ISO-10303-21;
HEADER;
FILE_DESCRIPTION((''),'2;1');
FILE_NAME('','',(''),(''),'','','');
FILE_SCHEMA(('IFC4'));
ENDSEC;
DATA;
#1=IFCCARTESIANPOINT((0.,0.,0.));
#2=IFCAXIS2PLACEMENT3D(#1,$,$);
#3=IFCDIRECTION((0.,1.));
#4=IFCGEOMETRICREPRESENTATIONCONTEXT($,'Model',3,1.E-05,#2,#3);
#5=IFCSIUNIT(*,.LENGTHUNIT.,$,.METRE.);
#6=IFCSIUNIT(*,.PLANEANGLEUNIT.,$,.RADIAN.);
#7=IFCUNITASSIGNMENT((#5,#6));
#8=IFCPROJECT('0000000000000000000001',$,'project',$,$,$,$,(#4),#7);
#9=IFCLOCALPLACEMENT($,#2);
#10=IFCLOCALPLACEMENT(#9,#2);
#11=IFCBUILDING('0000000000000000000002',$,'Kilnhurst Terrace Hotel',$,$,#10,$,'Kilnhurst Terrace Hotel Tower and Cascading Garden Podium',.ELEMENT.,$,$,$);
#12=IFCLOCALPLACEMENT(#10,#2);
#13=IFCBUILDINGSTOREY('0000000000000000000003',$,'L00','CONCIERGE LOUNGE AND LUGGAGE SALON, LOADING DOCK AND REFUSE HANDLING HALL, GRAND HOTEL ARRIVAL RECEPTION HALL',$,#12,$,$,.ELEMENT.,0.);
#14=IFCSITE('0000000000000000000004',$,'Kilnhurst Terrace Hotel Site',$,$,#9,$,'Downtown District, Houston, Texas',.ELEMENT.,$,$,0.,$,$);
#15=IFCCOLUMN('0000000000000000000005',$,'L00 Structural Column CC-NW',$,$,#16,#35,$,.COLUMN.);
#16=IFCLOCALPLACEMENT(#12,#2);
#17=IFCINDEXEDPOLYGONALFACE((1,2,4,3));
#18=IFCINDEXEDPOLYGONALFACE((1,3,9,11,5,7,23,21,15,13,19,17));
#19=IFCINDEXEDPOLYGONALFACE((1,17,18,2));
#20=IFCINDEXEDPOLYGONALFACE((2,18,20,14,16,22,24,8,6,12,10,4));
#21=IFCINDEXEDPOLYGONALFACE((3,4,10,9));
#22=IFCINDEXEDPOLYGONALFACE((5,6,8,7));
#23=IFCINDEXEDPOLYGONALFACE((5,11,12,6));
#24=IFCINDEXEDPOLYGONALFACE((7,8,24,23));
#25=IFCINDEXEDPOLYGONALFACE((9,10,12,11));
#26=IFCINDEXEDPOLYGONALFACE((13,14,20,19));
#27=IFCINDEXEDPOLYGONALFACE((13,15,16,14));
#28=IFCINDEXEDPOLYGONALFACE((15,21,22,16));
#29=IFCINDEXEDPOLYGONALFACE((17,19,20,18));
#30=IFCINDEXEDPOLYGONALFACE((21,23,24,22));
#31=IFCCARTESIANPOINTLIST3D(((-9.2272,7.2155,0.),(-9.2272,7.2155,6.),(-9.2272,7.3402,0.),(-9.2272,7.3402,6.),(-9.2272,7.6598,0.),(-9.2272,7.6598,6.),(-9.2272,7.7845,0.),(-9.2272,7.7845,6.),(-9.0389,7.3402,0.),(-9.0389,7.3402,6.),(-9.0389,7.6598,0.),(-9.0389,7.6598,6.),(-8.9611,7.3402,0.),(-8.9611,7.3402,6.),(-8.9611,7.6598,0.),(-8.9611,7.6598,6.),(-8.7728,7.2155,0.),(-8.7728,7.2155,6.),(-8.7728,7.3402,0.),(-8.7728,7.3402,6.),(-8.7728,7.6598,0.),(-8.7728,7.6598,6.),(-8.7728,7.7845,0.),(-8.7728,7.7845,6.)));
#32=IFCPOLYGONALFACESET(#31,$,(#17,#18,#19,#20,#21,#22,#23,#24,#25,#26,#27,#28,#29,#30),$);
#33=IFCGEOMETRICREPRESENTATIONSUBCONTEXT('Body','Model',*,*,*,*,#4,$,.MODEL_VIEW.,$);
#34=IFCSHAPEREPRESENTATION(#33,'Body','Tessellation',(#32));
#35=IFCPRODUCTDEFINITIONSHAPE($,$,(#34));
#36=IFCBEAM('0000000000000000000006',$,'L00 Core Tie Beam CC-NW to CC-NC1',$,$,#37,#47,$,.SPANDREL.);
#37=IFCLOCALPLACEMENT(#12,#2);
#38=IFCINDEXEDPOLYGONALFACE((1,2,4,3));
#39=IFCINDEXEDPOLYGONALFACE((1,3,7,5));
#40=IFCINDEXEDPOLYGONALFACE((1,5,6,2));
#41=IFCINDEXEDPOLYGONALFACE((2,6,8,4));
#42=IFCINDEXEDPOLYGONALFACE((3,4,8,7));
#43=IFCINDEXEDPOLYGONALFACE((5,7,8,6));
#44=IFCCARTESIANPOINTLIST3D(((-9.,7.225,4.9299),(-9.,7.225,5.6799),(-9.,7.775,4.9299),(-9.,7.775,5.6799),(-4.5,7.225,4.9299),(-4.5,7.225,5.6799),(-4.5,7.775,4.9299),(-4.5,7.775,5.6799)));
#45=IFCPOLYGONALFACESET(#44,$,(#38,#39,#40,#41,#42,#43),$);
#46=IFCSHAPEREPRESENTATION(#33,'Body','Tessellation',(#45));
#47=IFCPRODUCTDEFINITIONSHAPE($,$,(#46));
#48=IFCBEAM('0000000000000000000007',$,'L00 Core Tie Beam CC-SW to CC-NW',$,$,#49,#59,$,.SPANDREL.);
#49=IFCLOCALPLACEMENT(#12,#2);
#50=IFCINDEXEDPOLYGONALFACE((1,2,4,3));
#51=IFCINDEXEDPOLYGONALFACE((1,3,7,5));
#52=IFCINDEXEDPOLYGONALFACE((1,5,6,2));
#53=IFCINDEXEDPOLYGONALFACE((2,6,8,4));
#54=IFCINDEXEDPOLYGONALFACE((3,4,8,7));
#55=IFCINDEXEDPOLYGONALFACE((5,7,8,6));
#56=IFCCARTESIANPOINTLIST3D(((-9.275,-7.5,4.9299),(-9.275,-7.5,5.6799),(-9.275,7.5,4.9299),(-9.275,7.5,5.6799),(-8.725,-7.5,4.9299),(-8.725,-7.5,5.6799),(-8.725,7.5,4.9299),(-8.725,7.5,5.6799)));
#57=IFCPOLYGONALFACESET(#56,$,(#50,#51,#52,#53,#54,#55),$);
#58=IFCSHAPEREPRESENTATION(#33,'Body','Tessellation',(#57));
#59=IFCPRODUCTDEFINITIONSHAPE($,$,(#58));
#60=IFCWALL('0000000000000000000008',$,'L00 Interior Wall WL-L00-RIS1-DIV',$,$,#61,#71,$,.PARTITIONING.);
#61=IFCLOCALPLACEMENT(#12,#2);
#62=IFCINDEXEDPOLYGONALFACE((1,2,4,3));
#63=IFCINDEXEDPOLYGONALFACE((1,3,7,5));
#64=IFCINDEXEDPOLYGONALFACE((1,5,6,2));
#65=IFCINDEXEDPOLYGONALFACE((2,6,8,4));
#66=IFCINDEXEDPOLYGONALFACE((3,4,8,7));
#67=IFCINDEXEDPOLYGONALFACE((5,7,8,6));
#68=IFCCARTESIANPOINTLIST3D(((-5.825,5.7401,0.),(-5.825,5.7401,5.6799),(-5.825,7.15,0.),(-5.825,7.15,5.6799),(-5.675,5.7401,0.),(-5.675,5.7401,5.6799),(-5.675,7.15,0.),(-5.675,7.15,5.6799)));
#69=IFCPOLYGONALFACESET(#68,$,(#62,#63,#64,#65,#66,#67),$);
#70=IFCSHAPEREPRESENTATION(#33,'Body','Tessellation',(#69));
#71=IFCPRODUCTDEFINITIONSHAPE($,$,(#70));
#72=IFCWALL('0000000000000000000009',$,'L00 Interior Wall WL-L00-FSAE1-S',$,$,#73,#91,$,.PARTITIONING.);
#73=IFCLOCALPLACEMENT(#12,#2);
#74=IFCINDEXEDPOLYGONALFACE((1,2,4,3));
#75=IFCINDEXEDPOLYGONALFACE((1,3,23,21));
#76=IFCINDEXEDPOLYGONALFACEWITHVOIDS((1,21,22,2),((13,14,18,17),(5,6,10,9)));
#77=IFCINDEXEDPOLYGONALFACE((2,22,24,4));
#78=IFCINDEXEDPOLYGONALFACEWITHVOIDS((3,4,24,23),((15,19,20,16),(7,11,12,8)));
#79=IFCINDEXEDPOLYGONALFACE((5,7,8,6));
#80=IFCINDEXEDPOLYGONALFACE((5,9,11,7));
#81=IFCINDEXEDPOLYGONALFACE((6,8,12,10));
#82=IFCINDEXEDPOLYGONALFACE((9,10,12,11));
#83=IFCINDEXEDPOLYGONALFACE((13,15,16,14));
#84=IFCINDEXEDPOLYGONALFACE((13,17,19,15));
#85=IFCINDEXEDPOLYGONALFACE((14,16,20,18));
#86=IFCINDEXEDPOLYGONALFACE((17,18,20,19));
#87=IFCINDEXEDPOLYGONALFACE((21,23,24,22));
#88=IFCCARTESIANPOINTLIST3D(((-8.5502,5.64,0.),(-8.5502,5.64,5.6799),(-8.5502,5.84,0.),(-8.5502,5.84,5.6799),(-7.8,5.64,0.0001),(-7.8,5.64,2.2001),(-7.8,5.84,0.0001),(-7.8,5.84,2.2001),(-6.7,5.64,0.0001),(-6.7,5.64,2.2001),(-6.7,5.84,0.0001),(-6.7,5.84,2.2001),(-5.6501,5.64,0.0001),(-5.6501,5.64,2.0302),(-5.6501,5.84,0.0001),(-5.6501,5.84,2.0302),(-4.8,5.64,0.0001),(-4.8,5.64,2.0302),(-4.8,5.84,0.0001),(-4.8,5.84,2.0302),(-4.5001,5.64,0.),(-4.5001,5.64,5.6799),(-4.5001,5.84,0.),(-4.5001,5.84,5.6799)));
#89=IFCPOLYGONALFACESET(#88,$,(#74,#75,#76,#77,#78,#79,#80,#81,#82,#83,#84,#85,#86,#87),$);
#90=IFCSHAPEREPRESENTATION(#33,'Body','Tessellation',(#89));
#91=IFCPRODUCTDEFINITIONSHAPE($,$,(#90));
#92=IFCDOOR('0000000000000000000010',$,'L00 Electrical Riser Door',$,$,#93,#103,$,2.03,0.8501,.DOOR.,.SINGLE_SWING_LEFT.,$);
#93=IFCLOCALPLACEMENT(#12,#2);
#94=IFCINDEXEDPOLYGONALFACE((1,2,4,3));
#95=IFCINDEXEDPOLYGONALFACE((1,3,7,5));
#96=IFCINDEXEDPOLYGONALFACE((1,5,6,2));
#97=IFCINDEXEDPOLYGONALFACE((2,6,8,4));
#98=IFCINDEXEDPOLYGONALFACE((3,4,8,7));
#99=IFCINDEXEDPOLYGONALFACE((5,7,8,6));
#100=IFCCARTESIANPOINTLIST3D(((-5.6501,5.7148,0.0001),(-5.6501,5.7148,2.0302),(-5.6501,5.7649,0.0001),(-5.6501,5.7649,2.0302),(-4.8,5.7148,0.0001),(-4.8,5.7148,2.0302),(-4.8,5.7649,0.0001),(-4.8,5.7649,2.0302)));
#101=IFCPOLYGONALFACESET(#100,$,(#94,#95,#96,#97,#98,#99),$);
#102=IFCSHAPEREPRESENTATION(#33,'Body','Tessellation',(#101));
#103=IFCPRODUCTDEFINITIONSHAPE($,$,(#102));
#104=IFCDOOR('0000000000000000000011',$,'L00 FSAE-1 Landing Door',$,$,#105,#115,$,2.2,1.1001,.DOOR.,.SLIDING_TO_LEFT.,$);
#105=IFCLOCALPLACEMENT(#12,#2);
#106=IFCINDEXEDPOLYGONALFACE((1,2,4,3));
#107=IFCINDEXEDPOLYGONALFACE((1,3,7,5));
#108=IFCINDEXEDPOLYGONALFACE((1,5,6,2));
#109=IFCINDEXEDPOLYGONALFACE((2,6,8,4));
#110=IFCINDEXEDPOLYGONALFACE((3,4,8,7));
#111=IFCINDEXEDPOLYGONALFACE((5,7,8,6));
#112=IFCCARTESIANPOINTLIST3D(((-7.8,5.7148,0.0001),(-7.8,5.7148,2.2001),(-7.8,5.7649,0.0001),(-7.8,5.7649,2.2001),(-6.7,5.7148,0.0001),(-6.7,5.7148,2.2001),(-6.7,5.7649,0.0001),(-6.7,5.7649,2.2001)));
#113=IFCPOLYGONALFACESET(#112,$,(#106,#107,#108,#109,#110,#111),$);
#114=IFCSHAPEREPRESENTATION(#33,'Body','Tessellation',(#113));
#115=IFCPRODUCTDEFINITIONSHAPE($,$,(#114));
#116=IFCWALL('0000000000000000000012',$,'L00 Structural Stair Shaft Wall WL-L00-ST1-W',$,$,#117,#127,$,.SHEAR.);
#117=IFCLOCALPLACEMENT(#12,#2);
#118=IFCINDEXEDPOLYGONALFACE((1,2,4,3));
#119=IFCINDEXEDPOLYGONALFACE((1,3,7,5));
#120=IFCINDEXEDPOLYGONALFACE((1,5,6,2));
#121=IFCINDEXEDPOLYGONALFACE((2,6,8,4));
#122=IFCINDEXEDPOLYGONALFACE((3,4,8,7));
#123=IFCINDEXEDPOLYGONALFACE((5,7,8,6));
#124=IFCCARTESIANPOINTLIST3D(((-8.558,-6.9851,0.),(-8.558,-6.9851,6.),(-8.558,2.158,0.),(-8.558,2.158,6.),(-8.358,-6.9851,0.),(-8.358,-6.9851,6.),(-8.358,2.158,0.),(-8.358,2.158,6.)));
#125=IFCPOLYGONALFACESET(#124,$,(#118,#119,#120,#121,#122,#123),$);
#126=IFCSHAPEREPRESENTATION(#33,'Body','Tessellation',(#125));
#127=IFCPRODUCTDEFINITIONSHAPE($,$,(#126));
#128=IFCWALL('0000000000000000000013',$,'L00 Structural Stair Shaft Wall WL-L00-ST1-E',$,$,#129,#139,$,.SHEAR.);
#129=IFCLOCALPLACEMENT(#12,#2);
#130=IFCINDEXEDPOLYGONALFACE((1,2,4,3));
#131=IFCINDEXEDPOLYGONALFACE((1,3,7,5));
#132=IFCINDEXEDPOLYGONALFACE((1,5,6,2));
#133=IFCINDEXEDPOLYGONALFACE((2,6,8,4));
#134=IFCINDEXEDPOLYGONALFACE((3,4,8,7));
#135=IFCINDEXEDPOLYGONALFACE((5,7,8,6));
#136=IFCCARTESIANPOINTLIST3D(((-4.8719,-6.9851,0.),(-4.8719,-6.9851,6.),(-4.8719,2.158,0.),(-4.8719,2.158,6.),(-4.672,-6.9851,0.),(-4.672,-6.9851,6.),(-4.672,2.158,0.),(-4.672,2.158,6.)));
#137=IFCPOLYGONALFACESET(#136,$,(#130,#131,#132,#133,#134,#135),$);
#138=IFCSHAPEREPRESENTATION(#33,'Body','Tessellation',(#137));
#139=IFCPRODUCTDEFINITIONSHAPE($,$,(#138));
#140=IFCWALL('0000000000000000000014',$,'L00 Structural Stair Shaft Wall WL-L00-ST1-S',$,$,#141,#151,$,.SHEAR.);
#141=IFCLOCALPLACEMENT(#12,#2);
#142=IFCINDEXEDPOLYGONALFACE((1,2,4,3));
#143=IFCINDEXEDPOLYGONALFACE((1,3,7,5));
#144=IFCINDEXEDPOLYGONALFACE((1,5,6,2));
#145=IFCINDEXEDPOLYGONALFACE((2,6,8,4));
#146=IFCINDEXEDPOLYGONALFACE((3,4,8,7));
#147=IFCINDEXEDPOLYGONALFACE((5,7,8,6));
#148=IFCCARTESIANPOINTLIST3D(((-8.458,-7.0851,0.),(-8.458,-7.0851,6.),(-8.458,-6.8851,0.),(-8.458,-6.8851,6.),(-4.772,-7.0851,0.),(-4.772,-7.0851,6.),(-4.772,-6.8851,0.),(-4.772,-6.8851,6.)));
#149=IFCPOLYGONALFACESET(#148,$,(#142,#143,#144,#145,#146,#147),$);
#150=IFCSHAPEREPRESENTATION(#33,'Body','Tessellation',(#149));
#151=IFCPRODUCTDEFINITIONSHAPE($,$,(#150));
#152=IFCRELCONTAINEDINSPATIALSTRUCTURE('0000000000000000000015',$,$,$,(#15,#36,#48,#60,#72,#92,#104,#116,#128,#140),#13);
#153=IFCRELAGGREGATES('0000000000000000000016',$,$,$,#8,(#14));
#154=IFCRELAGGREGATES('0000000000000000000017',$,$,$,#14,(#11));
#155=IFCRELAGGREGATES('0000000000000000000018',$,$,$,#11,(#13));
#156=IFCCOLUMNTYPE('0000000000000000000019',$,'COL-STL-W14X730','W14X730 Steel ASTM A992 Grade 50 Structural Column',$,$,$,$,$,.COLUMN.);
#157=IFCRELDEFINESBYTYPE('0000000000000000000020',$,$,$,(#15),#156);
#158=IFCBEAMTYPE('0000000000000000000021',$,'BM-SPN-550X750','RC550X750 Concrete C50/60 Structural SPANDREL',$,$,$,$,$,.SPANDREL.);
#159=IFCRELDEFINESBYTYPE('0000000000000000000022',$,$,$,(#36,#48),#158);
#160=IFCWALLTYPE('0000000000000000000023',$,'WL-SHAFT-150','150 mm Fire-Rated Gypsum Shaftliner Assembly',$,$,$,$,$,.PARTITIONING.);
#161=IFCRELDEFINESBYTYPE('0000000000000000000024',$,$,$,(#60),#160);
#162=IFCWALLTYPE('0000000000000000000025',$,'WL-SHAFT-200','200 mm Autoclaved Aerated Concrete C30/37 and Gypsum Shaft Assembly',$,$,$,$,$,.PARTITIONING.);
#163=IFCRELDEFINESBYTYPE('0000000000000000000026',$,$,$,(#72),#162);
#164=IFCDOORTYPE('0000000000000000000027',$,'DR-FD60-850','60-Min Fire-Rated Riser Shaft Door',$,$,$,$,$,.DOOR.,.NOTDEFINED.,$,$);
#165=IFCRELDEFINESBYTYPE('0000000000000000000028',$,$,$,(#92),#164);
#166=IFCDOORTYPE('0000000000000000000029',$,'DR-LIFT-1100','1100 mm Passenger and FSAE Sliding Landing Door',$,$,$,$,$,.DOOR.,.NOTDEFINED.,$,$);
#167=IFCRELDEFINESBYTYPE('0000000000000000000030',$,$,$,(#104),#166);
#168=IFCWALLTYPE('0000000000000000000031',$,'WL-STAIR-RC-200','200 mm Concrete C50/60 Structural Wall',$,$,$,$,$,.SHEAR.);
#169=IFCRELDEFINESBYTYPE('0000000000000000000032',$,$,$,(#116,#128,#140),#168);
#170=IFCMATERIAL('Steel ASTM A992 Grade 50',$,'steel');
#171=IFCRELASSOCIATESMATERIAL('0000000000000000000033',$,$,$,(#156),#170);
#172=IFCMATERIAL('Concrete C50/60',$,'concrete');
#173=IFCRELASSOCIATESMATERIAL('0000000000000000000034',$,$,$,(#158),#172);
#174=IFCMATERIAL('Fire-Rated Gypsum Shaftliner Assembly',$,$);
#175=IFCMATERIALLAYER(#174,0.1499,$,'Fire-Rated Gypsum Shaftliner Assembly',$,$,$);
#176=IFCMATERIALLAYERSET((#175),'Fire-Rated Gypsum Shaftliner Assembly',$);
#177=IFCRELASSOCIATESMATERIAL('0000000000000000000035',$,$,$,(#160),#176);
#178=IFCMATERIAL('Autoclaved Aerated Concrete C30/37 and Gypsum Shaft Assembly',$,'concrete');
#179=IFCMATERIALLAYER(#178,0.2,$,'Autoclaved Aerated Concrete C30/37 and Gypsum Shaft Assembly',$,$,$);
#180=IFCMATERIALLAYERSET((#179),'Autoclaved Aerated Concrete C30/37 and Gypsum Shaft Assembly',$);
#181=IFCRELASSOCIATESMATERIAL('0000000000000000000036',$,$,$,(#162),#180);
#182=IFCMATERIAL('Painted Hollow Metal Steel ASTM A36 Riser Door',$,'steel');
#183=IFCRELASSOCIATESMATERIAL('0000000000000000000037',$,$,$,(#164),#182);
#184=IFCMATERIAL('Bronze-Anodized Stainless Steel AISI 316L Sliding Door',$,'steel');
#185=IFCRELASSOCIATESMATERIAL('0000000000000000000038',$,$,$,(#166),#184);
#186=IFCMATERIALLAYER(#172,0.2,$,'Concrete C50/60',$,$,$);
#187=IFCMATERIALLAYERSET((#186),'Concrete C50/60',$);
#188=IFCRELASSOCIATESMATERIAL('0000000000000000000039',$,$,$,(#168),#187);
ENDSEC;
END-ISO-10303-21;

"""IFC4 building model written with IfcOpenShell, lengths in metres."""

from ifc_helpers import new_model, si_unit, direction, frame, frame_2d, origin, origin_2d, place, context, subcontext, project, spatial, rectangle, i_section, extrude, material, layer, layer_set, material_profile, profile_set, type_object, element, fill, save


model = new_model("IFC4")

# Units and contexts
model_context = context("Model", 3, precision=1e-05, world=origin(), true_north=direction((0.0, 1.0)))
body_context = subcontext(model_context, "Body", "Model", "MODEL_VIEW")
ifc_project = project(units=[si_unit("LENGTHUNIT", "METRE"), si_unit("PLANEANGLEUNIT", "RADIAN")], contexts=[model_context])

# Site, building, storey
site_placement = place(None, origin())
site = spatial("IfcSite", under=ifc_project, at=site_placement, Name="Kilnhurst Terrace Hotel Site", LongName="Downtown District, Houston, Texas", CompositionType="ELEMENT", RefElevation=0.0)
building_placement = place(site_placement, origin())
building = spatial("IfcBuilding", under=site, at=building_placement, Name="Kilnhurst Terrace Hotel", LongName="Kilnhurst Terrace Hotel Tower and Cascading Garden Podium", CompositionType="ELEMENT")
storey_placement = place(building_placement, origin())
storey = spatial("IfcBuildingStorey", under=building, at=storey_placement, Name="L00", Description="CONCIERGE LOUNGE AND LUGGAGE SALON, LOADING DOCK AND REFUSE HANDLING HALL, GRAND HOTEL ARRIVAL RECEPTION HALL", CompositionType="ELEMENT", Elevation=0.0)

# Column
ifc_material_1 = material(Name="Steel ASTM A992 Grade 50", Category="steel")
ifc_material_profile_1 = material_profile(ifc_material_1, i_section(OverallWidth=0.4543, OverallDepth=0.5691, WebThickness=0.0779, FlangeThickness=0.1248, at=origin_2d()), Name="W14X730")
ifc_profile_set_1 = profile_set([ifc_material_profile_1], Name="Steel ASTM A992 Grade 50")
column_type = type_object("IfcColumnType", Name="COL-STL-W14X730", Description="W14X730 Steel ASTM A992 Grade 50 Structural Column", PredefinedType="COLUMN", material=ifc_profile_set_1)
column_placement = place(storey_placement, frame((-9.0, 7.5, 0.0), z_axis=(0.0, 0.0, 1.0), x_axis=(1.0, 0.0, 0.0)))
element("IfcColumn", 1, at=column_placement, inside=storey, type_object=column_type, Name="L00 Structural Column CC-NW", PredefinedType="COLUMN", context=body_context, shape_type="SweptSolid", body=[
    extrude(i_section(OverallWidth=0.4543, OverallDepth=0.5691, WebThickness=0.0779, FlangeThickness=0.1248, at=origin_2d()), origin(), (0.0, 0.0, 1.0), 6.0),
])

# Beams
ifc_material_2 = material(Name="Concrete C50/60", Category="concrete")
ifc_material_profile_2 = material_profile(ifc_material_2, rectangle(XDim=0.55, YDim=0.75, at=origin_2d()), Name="RC550X750")
ifc_profile_set_2 = profile_set([ifc_material_profile_2], Name="Concrete C50/60")
beam_type = type_object("IfcBeamType", Name="BM-SPN-550X750", Description="RC550X750 Concrete C50/60 Structural SPANDREL", PredefinedType="SPANDREL", material=ifc_profile_set_2)
beam_1_placement = place(storey_placement, frame((-9.0, 7.5, 5.3049), z_axis=(1.0, 0.0, 0.0), x_axis=(0.0, 1.0, 0.0)))
element("IfcBeam", 2, at=beam_1_placement, inside=storey, type_object=beam_type, Name="L00 Core Tie Beam CC-NW to CC-NC1", PredefinedType="SPANDREL", context=body_context, shape_type="SweptSolid", body=[
    extrude(rectangle(XDim=0.55, YDim=0.75, at=origin_2d()), origin(), (0.0, 0.0, 1.0), 4.5),
])
beam_2_placement = place(storey_placement, frame((-9.0, -7.5, 5.3049), z_axis=(0.0, 1.0, 0.0), x_axis=(-1.0, 0.0, 0.0)))
element("IfcBeam", 3, at=beam_2_placement, inside=storey, type_object=beam_type, Name="L00 Core Tie Beam CC-SW to CC-NW", PredefinedType="SPANDREL", context=body_context, shape_type="SweptSolid", body=[
    extrude(rectangle(XDim=0.55, YDim=0.75, at=origin_2d()), origin(), (0.0, 0.0, 1.0), 15.0),
])

# Wall
ifc_material_3 = material(Name="Fire-Rated Gypsum Shaftliner Assembly")
ifc_layer_1 = layer(ifc_material_3, 0.1499, Name="Fire-Rated Gypsum Shaftliner Assembly")
ifc_layer_set_1 = layer_set([ifc_layer_1], Name="Fire-Rated Gypsum Shaftliner Assembly")
wall_type_1 = type_object("IfcWallType", Name="WL-SHAFT-150", Description="150 mm Fire-Rated Gypsum Shaftliner Assembly", PredefinedType="PARTITIONING", material=ifc_layer_set_1)
wall_1_placement = place(storey_placement, frame((-5.75, 5.74, 0.0), z_axis=(0.0, 0.0, 1.0), x_axis=(0.0, 1.0, 0.0)))
element("IfcWall", 4, at=wall_1_placement, inside=storey, type_object=wall_type_1, Name="L00 Interior Wall WL-L00-RIS1-DIV", PredefinedType="PARTITIONING", context=body_context, shape_type="SweptSolid", body=[
    extrude(rectangle(XDim=1.4099, YDim=0.1499, at=frame_2d((0.7051, 0.0))), origin(), (0.0, 0.0, 1.0), 5.6799),
])

# Wall, openings, doors
ifc_material_4 = material(Name="Autoclaved Aerated Concrete C30/37 and Gypsum Shaft Assembly", Category="concrete")
ifc_layer_2 = layer(ifc_material_4, 0.2, Name="Autoclaved Aerated Concrete C30/37 and Gypsum Shaft Assembly")
ifc_layer_set_2 = layer_set([ifc_layer_2], Name="Autoclaved Aerated Concrete C30/37 and Gypsum Shaft Assembly")
wall_type_2 = type_object("IfcWallType", Name="WL-SHAFT-200", Description="200 mm Autoclaved Aerated Concrete C30/37 and Gypsum Shaft Assembly", PredefinedType="PARTITIONING", material=ifc_layer_set_2)
wall_2_placement = place(storey_placement, frame((-8.55, 5.74, 0.0), z_axis=(0.0, 0.0, 1.0), x_axis=(1.0, 0.0, 0.0)))
wall_2 = element("IfcWall", 5, at=wall_2_placement, inside=storey, type_object=wall_type_2, Name="L00 Interior Wall WL-L00-FSAE1-S", PredefinedType="PARTITIONING", context=body_context, shape_type="SweptSolid", body=[
    extrude(rectangle(XDim=4.05, YDim=0.2, at=frame_2d((2.0249, 0.0))), origin(), (0.0, 0.0, 1.0), 5.6799),
])
opening_1_placement = place(wall_2_placement, frame((0.75, 0.0, 0.0)))
opening_1 = element("IfcOpeningElement", 6, at=opening_1_placement, cuts=wall_2, PredefinedType="OPENING", context=body_context, shape_type="SweptSolid", body=[
    extrude(rectangle(XDim=1.1001, YDim=2.2, at=frame_2d((0.55, 1.1001))), frame((0.0, 0.1099, 0.0), z_axis=(0.0, -1.0, 0.0), x_axis=(1.0, 0.0, 0.0)), (0.0, 0.0, 1.0), 0.22),
])
opening_2_placement = place(wall_2_placement, frame((2.8999, 0.0, 0.0)))
opening_2 = element("IfcOpeningElement", 7, at=opening_2_placement, cuts=wall_2, PredefinedType="OPENING", context=body_context, shape_type="SweptSolid", body=[
    extrude(rectangle(XDim=0.8501, YDim=2.03, at=frame_2d((0.425, 1.0151))), frame((0.0, 0.1099, 0.0), z_axis=(0.0, -1.0, 0.0), x_axis=(1.0, 0.0, 0.0)), (0.0, 0.0, 1.0), 0.22),
])
ifc_material_5 = material(Name="Painted Hollow Metal Steel ASTM A36 Riser Door", Category="steel")
door_type_1 = type_object("IfcDoorType", Name="DR-FD60-850", Description="60-Min Fire-Rated Riser Shaft Door", OperationType="NOTDEFINED", PredefinedType="DOOR", material=ifc_material_5)
door_1_placement = place(opening_2_placement, origin())
door_1 = element("IfcDoor", 8, at=door_1_placement, inside=storey, type_object=door_type_1, Name="L00 Electrical Riser Door", OperationType="SINGLE_SWING_LEFT", OverallHeight=2.03, OverallWidth=0.8501, PredefinedType="DOOR", context=body_context, shape_type="SweptSolid", body=[
    extrude(rectangle(XDim=0.8501, YDim=2.03, at=frame_2d((0.425, 1.0151))), frame((0.0, 0.0249, 0.0), z_axis=(0.0, -1.0, 0.0), x_axis=(1.0, 0.0, 0.0)), (0.0, 0.0, 1.0), 0.05),
])
fill(opening_2, door_1)
ifc_material_6 = material(Name="Bronze-Anodized Stainless Steel AISI 316L Sliding Door", Category="steel")
door_type_2 = type_object("IfcDoorType", Name="DR-LIFT-1100", Description="1100 mm Passenger and FSAE Sliding Landing Door", OperationType="NOTDEFINED", PredefinedType="DOOR", material=ifc_material_6)
door_2_placement = place(opening_1_placement, origin())
door_2 = element("IfcDoor", 9, at=door_2_placement, inside=storey, type_object=door_type_2, Name="L00 FSAE-1 Landing Door", OperationType="SLIDING_TO_LEFT", OverallHeight=2.2, OverallWidth=1.1001, PredefinedType="DOOR", context=body_context, shape_type="SweptSolid", body=[
    extrude(rectangle(XDim=1.1001, YDim=2.2, at=frame_2d((0.55, 1.1001))), frame((0.0, 0.0249, 0.0), z_axis=(0.0, -1.0, 0.0), x_axis=(1.0, 0.0, 0.0)), (0.0, 0.0, 1.0), 0.05),
])
fill(opening_1, door_2)

# Walls
ifc_layer_3 = layer(ifc_material_2, 0.2, Name="Concrete C50/60")
ifc_layer_set_3 = layer_set([ifc_layer_3], Name="Concrete C50/60")
wall_type_3 = type_object("IfcWallType", Name="WL-STAIR-RC-200", Description="200 mm Concrete C50/60 Structural Wall", PredefinedType="SHEAR", material=ifc_layer_set_3)
for number, where, z_axis, x_axis, name in (
    (10, (-8.458, -6.9851, 0.0), (0.0, 0.0, 1.0), (0.0, 1.0, 0.0), "L00 Structural Stair Shaft Wall WL-L00-ST1-W"),
    (11, (-4.772, -6.9851, 0.0), (0.0, 0.0, 1.0), (0.0, 1.0, 0.0), "L00 Structural Stair Shaft Wall WL-L00-ST1-E"),
):
    element("IfcWall", number, at=place(storey_placement, frame(where, z_axis=z_axis, x_axis=x_axis)), inside=storey, type_object=wall_type_3, Name=name, PredefinedType="SHEAR", context=body_context, shape_type="SweptSolid", body=[
        extrude(rectangle(XDim=9.1431, YDim=0.2, at=frame_2d((4.5715, 0.0))), origin(), (0.0, 0.0, 1.0), 6.0),
    ])
wall_3_placement = place(storey_placement, frame((-8.458, -6.9851, 0.0), z_axis=(0.0, 0.0, 1.0), x_axis=(1.0, 0.0, 0.0)))
element("IfcWall", 12, at=wall_3_placement, inside=storey, type_object=wall_type_3, Name="L00 Structural Stair Shaft Wall WL-L00-ST1-S", PredefinedType="SHEAR", context=body_context, shape_type="SweptSolid", body=[
    extrude(rectangle(XDim=3.686, YDim=0.2, at=frame_2d((1.843, 0.0))), origin(), (0.0, 0.0, 1.0), 6.0),
])

save(model, "model.ifc")
